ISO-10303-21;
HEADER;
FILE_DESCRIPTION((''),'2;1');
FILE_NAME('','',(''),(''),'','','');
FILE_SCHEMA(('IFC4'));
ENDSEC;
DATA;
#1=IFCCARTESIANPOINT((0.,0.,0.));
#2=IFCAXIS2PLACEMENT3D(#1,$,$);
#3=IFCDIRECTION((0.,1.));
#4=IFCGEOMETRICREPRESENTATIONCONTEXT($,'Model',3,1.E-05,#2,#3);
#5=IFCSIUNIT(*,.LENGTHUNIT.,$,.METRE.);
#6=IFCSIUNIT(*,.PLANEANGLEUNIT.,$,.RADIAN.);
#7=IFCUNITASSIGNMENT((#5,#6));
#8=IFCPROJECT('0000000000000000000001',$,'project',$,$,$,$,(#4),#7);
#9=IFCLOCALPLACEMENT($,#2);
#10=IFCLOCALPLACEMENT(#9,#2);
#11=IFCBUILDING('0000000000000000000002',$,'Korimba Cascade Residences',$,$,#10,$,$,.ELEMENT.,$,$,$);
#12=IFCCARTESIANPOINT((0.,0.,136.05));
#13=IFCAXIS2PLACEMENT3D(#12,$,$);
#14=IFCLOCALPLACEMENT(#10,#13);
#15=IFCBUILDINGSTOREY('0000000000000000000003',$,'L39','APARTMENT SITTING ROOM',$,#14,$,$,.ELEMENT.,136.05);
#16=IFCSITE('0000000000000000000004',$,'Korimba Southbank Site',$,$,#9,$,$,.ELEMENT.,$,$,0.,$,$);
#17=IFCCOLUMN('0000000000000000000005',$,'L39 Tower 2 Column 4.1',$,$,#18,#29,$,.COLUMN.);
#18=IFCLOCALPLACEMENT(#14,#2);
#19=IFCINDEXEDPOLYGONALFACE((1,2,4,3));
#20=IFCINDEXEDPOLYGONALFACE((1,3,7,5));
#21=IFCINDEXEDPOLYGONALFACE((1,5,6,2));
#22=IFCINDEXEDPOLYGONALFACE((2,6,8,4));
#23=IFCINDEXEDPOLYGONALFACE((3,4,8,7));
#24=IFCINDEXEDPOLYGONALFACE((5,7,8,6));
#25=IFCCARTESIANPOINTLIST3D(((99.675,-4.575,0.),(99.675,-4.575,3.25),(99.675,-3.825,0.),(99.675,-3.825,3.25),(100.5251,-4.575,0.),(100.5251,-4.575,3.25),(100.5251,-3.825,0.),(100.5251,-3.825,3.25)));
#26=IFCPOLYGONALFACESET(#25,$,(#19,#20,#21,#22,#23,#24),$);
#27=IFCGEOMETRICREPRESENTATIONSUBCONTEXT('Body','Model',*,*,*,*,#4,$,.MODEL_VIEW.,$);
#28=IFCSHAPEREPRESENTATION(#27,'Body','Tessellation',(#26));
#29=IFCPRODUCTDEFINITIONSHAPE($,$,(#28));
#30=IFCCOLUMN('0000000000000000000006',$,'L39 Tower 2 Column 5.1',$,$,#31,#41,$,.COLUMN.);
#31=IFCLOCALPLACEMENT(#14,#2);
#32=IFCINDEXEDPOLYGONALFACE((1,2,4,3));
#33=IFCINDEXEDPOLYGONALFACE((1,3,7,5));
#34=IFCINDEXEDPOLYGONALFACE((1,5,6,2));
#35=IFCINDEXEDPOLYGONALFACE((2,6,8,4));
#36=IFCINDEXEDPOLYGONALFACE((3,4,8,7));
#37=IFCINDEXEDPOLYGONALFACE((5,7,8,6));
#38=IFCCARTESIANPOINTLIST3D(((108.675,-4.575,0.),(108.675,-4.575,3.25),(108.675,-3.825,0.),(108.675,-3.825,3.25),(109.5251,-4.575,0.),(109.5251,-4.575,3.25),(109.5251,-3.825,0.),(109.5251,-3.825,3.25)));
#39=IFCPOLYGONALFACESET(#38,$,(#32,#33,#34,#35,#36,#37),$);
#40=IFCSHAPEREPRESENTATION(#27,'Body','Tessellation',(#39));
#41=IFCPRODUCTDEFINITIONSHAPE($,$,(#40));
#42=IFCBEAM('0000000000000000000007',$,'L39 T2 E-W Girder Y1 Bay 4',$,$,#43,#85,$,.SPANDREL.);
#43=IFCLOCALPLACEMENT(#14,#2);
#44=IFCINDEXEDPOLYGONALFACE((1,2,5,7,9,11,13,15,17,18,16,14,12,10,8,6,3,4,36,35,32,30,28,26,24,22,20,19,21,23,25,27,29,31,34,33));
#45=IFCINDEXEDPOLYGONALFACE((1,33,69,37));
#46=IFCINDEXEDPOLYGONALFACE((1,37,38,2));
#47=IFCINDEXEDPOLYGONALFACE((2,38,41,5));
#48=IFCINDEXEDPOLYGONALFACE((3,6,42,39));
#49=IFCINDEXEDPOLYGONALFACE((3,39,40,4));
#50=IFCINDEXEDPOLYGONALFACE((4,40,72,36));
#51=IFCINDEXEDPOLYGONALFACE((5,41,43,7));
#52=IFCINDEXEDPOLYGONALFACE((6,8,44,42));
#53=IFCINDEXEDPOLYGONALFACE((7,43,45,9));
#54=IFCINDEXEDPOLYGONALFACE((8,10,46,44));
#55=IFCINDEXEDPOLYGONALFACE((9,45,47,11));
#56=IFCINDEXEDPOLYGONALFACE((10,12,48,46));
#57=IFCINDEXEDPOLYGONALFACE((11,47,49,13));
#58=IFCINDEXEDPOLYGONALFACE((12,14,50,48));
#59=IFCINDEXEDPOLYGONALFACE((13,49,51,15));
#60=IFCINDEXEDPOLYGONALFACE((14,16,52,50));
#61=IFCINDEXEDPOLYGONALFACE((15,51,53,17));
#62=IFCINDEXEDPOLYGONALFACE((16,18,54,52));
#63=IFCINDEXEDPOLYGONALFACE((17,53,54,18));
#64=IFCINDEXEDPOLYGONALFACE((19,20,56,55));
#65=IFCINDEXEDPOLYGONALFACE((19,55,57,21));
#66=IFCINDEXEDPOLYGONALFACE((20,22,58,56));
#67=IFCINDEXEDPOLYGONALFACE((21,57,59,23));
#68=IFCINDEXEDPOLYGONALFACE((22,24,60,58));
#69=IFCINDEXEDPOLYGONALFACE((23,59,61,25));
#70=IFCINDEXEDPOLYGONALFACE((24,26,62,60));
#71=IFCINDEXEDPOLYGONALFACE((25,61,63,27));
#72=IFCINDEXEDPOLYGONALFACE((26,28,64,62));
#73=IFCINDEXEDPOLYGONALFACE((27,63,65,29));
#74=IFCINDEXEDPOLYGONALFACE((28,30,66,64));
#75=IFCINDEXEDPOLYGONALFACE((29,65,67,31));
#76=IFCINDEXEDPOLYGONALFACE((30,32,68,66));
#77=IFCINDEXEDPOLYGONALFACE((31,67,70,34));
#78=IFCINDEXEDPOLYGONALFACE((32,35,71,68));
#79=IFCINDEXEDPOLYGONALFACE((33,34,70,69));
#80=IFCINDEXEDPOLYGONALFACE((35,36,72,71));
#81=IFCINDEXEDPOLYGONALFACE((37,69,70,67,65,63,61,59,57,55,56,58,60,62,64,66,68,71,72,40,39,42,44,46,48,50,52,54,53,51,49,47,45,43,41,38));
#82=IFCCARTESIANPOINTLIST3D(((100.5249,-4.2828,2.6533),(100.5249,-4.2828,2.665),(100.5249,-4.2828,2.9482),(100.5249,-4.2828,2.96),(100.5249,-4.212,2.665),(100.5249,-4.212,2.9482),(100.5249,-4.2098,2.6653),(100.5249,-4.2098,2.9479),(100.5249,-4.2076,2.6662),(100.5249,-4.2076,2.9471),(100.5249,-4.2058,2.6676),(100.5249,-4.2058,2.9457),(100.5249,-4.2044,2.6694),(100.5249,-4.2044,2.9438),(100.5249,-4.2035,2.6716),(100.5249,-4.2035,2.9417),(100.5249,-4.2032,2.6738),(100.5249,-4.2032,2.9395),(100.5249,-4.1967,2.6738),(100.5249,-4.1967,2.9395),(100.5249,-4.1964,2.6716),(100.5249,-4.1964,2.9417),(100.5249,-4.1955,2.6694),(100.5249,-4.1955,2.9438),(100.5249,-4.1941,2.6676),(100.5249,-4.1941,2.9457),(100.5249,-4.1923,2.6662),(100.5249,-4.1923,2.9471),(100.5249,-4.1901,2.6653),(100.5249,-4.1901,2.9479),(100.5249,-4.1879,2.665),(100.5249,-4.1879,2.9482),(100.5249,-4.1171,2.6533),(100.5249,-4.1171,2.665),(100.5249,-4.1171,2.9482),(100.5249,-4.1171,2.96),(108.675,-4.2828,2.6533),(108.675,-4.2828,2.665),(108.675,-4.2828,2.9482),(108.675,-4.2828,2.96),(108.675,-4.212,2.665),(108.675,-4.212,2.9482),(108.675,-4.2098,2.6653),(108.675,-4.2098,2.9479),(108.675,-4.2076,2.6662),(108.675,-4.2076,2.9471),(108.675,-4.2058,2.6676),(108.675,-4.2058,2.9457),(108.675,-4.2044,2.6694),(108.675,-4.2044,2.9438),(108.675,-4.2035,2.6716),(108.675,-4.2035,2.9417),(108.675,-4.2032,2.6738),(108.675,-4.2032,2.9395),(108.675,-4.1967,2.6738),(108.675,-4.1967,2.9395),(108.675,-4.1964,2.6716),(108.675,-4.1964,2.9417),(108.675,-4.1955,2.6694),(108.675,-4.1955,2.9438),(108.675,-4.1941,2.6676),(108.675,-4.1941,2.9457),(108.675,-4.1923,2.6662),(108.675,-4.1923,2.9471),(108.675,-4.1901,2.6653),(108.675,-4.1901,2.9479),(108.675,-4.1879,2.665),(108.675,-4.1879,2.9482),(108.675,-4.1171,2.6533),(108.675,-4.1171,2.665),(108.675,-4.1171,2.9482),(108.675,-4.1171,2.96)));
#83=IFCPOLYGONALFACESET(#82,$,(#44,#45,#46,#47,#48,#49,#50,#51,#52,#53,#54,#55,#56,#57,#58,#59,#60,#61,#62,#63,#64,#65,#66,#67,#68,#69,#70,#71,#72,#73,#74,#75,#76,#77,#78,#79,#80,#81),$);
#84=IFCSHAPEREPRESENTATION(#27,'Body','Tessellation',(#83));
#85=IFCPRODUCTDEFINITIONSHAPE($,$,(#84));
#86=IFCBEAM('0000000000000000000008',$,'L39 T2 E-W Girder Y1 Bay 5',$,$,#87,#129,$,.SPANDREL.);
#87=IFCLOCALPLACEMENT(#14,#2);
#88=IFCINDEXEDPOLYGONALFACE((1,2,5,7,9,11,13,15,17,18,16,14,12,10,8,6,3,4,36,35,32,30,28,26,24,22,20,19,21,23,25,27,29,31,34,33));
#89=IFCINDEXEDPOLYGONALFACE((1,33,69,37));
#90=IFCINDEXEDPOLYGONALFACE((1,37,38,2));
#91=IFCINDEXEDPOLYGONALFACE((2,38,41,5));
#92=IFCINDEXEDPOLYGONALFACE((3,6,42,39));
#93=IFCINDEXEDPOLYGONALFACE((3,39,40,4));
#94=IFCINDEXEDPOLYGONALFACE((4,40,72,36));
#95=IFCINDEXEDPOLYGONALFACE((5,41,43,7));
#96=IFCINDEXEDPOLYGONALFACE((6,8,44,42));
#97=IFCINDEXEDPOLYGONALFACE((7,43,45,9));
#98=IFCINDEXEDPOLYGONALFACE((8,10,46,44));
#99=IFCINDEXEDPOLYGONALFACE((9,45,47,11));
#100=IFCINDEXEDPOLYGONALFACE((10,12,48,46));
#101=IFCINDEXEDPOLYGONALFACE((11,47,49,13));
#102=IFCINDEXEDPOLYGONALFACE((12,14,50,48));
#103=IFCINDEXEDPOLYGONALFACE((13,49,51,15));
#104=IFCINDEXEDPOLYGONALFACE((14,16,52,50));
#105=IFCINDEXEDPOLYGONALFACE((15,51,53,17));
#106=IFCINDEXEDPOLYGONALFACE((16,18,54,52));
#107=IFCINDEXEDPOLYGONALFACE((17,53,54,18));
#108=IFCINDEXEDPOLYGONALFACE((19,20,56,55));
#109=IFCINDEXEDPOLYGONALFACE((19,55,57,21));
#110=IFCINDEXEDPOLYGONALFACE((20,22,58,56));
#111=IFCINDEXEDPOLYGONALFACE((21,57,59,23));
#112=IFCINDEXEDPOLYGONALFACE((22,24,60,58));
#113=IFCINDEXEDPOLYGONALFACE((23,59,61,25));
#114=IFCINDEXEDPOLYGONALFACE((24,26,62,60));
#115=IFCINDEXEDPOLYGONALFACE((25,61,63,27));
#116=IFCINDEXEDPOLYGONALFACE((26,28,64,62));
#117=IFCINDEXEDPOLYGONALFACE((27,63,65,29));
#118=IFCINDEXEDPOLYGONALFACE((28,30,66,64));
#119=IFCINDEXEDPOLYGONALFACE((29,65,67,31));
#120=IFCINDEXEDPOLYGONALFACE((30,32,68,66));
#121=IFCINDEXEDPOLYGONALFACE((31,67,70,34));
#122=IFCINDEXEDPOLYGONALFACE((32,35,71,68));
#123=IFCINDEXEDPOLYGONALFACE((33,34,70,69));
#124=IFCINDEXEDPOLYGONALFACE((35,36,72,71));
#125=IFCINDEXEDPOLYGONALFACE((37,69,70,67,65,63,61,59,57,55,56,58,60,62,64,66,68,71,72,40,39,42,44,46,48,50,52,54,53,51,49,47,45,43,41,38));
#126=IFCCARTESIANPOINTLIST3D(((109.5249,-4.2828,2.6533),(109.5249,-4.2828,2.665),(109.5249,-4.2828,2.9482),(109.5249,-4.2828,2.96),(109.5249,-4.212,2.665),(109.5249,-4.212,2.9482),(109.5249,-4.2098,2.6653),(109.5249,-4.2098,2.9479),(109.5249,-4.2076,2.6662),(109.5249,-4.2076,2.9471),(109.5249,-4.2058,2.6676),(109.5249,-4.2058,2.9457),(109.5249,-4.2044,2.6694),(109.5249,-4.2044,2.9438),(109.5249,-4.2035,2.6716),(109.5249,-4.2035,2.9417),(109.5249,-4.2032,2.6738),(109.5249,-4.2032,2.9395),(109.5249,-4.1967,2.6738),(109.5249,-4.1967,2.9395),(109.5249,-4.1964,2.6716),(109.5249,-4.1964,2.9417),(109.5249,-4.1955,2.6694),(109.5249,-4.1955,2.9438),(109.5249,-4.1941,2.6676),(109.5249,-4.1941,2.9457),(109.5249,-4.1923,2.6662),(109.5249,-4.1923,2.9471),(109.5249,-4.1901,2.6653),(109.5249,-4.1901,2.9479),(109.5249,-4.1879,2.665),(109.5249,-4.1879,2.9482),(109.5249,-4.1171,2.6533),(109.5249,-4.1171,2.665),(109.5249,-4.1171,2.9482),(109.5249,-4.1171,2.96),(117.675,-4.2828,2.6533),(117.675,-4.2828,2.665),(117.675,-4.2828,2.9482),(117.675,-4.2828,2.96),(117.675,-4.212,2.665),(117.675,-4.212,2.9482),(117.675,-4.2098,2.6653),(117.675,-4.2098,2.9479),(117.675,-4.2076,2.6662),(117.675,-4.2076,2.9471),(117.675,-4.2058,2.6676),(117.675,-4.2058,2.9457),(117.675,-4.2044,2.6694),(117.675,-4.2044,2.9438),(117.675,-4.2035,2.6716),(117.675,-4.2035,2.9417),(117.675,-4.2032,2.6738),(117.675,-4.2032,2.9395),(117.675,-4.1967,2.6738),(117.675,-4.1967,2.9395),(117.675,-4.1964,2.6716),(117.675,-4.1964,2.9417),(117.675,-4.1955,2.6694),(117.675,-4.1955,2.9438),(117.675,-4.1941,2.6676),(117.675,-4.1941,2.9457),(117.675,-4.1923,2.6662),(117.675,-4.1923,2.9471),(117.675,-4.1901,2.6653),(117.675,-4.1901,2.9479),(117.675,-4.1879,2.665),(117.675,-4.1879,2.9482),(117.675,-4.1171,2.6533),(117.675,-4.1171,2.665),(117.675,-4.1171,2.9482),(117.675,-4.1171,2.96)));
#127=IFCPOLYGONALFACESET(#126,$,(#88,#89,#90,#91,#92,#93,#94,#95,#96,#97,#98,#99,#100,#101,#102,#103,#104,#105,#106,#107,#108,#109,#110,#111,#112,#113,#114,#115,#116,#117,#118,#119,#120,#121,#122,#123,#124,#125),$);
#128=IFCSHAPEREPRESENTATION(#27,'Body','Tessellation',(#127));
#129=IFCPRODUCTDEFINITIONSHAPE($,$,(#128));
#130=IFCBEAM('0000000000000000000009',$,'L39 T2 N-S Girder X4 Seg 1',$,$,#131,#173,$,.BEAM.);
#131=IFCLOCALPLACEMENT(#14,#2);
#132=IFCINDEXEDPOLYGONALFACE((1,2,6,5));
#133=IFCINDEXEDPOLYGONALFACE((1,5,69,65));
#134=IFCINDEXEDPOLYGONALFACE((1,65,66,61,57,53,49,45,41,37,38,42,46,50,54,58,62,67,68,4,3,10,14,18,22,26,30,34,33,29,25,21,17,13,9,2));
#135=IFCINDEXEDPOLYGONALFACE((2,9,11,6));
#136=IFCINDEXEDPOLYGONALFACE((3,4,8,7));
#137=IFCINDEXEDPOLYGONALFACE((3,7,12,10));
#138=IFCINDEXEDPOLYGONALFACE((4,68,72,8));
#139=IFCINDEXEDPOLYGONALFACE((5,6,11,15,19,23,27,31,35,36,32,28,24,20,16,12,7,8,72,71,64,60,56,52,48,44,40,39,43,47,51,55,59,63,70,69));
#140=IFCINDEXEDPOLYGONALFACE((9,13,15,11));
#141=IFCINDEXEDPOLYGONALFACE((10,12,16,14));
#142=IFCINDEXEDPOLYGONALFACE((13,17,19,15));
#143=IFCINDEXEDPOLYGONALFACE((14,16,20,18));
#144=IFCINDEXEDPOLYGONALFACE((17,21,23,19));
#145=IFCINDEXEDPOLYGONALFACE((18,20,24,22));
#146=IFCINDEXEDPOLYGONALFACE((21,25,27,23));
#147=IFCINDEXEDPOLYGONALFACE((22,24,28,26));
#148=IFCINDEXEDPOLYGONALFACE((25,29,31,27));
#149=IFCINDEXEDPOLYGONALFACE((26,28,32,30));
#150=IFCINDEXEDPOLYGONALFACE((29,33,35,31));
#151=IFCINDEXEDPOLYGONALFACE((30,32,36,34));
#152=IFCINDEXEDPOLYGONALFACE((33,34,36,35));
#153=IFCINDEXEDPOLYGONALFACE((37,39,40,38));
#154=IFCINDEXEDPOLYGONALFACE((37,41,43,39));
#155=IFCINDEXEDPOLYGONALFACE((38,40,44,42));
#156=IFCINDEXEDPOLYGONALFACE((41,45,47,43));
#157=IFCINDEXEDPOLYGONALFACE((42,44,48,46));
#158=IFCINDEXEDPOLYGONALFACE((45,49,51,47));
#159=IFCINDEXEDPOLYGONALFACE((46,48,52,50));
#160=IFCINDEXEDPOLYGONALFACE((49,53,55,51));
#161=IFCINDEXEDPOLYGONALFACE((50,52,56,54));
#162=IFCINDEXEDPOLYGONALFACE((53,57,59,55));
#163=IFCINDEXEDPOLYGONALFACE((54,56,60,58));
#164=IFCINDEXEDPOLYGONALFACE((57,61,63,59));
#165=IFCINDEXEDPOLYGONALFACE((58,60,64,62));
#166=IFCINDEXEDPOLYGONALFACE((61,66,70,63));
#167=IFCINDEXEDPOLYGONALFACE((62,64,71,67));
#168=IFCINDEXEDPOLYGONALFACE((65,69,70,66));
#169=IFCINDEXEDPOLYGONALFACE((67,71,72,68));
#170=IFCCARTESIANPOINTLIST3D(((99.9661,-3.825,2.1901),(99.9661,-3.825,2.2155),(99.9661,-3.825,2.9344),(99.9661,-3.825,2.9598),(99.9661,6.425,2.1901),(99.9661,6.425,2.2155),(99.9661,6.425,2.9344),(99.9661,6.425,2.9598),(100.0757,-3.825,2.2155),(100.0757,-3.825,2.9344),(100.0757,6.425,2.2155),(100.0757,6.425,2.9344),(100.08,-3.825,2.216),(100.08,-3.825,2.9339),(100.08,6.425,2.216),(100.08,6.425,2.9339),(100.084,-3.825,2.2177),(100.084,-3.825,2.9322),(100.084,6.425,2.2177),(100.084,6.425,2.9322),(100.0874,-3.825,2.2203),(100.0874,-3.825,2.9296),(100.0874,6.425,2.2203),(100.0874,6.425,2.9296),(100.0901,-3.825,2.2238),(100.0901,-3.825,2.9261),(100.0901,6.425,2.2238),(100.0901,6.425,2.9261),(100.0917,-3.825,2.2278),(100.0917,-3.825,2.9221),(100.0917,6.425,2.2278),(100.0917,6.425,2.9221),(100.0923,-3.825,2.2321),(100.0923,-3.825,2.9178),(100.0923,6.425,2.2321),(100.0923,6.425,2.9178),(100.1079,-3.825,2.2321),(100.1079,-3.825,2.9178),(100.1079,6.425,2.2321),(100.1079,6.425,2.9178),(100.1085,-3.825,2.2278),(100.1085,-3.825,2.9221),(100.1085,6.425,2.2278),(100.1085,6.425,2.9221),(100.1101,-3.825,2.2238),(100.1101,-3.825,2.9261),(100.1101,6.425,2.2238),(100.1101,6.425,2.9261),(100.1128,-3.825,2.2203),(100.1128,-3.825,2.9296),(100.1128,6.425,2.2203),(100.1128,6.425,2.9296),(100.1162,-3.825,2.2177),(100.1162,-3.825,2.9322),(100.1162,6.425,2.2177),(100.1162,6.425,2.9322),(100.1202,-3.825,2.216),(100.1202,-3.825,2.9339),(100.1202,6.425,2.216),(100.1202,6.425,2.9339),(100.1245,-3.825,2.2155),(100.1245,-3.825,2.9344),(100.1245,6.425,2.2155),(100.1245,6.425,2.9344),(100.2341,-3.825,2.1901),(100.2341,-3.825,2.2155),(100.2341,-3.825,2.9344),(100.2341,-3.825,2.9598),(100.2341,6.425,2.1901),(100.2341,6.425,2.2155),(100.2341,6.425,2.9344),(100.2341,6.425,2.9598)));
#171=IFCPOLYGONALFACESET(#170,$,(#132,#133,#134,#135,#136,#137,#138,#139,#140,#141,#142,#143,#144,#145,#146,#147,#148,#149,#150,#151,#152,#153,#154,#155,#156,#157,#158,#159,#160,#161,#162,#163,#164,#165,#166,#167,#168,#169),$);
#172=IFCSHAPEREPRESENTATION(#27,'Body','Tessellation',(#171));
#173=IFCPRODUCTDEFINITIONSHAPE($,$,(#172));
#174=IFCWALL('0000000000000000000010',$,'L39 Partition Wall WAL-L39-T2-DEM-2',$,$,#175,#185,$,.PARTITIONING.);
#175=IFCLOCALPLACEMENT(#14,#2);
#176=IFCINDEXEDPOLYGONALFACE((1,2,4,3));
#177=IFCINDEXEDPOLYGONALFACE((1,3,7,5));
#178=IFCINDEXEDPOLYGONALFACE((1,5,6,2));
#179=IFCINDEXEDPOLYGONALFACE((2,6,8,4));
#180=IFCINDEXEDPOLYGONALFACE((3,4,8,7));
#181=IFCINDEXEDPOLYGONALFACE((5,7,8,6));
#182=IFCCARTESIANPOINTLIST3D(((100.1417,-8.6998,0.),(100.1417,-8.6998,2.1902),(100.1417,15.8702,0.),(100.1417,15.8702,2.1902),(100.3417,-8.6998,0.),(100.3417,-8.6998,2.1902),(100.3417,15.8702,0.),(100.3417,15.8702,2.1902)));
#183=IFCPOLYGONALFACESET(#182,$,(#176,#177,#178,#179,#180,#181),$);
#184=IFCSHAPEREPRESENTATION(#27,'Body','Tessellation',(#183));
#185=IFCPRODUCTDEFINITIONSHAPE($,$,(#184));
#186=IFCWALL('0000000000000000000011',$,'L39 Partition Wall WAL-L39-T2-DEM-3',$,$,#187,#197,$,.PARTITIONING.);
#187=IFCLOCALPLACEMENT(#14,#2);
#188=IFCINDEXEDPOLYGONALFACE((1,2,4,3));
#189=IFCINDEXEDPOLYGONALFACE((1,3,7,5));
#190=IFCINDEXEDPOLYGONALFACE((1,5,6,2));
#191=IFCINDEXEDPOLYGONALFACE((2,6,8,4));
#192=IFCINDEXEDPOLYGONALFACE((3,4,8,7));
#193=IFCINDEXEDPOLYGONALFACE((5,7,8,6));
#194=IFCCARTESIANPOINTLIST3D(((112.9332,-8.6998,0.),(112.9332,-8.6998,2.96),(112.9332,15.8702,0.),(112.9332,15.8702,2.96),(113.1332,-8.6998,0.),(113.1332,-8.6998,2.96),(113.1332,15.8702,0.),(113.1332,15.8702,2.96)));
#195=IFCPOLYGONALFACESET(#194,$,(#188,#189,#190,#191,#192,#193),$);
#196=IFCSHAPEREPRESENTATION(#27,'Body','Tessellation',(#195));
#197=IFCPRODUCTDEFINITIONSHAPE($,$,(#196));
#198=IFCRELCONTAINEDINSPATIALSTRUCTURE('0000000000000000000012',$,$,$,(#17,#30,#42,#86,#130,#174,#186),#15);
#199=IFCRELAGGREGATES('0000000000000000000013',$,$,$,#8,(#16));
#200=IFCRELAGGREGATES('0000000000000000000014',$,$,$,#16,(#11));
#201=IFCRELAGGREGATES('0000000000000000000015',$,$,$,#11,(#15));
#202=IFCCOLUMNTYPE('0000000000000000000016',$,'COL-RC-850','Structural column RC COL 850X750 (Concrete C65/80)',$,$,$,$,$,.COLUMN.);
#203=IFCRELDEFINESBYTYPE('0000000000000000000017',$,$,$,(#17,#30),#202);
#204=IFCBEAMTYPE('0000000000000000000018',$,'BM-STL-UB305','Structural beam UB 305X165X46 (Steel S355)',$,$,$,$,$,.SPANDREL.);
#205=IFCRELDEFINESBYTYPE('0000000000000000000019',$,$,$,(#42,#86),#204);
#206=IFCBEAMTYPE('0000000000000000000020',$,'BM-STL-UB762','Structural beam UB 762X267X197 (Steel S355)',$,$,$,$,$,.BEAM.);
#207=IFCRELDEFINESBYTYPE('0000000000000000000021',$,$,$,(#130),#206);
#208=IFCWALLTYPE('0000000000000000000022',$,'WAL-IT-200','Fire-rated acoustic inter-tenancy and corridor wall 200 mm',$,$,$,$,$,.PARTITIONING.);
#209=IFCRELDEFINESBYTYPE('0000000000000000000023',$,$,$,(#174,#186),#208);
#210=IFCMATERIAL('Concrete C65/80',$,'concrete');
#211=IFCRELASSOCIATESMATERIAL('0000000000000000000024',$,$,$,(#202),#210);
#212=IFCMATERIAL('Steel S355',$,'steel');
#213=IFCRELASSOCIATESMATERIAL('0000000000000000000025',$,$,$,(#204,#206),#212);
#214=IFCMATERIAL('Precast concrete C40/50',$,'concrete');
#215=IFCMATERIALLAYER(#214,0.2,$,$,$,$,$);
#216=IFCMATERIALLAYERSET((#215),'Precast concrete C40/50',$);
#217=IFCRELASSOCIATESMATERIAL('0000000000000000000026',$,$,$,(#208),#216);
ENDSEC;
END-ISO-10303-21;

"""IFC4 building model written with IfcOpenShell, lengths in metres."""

from ifc_helpers import new_model, si_unit, direction, frame, frame_2d, origin, origin_2d, place, context, subcontext, project, spatial, rectangle, i_section, extrude, material, layer, layer_set, material_profile, profile_set, type_object, element, save


model = new_model("IFC4")

# Units and contexts
model_context = context("Model", 3, precision=1e-05, world=origin(), true_north=direction((0.0, 1.0)))
body_context = subcontext(model_context, "Body", "Model", "MODEL_VIEW")
ifc_project = project(units=[si_unit("LENGTHUNIT", "METRE"), si_unit("PLANEANGLEUNIT", "RADIAN")], contexts=[model_context])

# Site, building, storey
site_placement = place(None, origin())
site = spatial("IfcSite", under=ifc_project, at=site_placement, Name="Korimba Southbank Site", CompositionType="ELEMENT", RefElevation=0.0)
building_placement = place(site_placement, origin())
building = spatial("IfcBuilding", under=site, at=building_placement, Name="Korimba Cascade Residences", CompositionType="ELEMENT")
storey_placement = place(building_placement, frame((0.0, 0.0, 136.05)))
storey = spatial("IfcBuildingStorey", under=building, at=storey_placement, Name="L39", Description="APARTMENT SITTING ROOM", CompositionType="ELEMENT", Elevation=136.05)

# Columns
ifc_material_1 = material(Name="Concrete C65/80", Category="concrete")
ifc_material_profile_1 = material_profile(ifc_material_1, rectangle(XDim=0.8501, YDim=0.75, at=origin_2d()), Name="Concrete C65/80")
ifc_profile_set_1 = profile_set([ifc_material_profile_1], Name="Concrete C65/80")
column_type = type_object("IfcColumnType", Name="COL-RC-850", Description="Structural column RC COL 850X750 (Concrete C65/80)", PredefinedType="COLUMN", material=ifc_profile_set_1)
for number, where, z_axis, x_axis, name in (
    (1, (100.1001, -4.2, 0.0), (0.0, 0.0, 1.0), (1.0, 0.0, 0.0), "L39 Tower 2 Column 4.1"),
    (2, (109.1001, -4.2, 0.0), (0.0, 0.0, 1.0), (1.0, 0.0, 0.0), "L39 Tower 2 Column 5.1"),
):
    element("IfcColumn", number, at=place(storey_placement, frame(where, z_axis=z_axis, x_axis=x_axis)), inside=storey, type_object=column_type, Name=name, PredefinedType="COLUMN", context=body_context, shape_type="SweptSolid", body=[
        extrude(rectangle(XDim=0.8501, YDim=0.75, at=origin_2d()), origin(), (0.0, 0.0, 1.0), 3.25),
    ])

# Beams
ifc_material_2 = material(Name="Steel S355", Category="steel")
ifc_material_profile_2 = material_profile(ifc_material_2, i_section(OverallWidth=0.1658, OverallDepth=0.3066, WebThickness=0.0066, FlangeThickness=0.0117, FilletRadius=0.0088, at=origin_2d()), Name="Steel S355")
ifc_profile_set_2 = profile_set([ifc_material_profile_2], Name="Steel S355")
beam_type_1 = type_object("IfcBeamType", Name="BM-STL-UB305", Description="Structural beam UB 305X165X46 (Steel S355)", PredefinedType="SPANDREL", material=ifc_profile_set_2)
for number, where, z_axis, x_axis, name in (
    (3, (100.5249, -4.2, 2.8066), (1.0, 0.0, 0.0), (0.0, 1.0, 0.0), "L39 T2 E-W Girder Y1 Bay 4"),
    (4, (109.5249, -4.2, 2.8066), (1.0, 0.0, 0.0), (0.0, 1.0, 0.0), "L39 T2 E-W Girder Y1 Bay 5"),
):
    element("IfcBeam", number, at=place(storey_placement, frame(where, z_axis=z_axis, x_axis=x_axis)), inside=storey, type_object=beam_type_1, Name=name, PredefinedType="SPANDREL", context=body_context, shape_type="SweptSolid", body=[
        extrude(i_section(OverallWidth=0.1658, OverallDepth=0.3066, WebThickness=0.0066, FlangeThickness=0.0117, FilletRadius=0.0088, at=origin_2d()), origin(), (0.0, 0.0, 1.0), 8.1501),
    ])
ifc_material_profile_3 = material_profile(ifc_material_2, i_section(OverallWidth=0.2681, OverallDepth=0.7698, WebThickness=0.0156, FlangeThickness=0.0254, FilletRadius=0.0166, at=origin_2d()), Name="Steel S355")
ifc_profile_set_3 = profile_set([ifc_material_profile_3], Name="Steel S355")
beam_type_2 = type_object("IfcBeamType", Name="BM-STL-UB762", Description="Structural beam UB 762X267X197 (Steel S355)", PredefinedType="BEAM", material=ifc_profile_set_3)
beam_placement = place(storey_placement, frame((100.1001, -3.825, 2.575), z_axis=(0.0, 1.0, 0.0), x_axis=(-1.0, 0.0, 0.0)))
element("IfcBeam", 5, at=beam_placement, inside=storey, type_object=beam_type_2, Name="L39 T2 N-S Girder X4 Seg 1", PredefinedType="BEAM", context=body_context, shape_type="SweptSolid", body=[
    extrude(i_section(OverallWidth=0.2681, OverallDepth=0.7698, WebThickness=0.0156, FlangeThickness=0.0254, FilletRadius=0.0166, at=origin_2d()), origin(), (0.0, 0.0, 1.0), 10.25),
])

# Walls
ifc_material_3 = material(Name="Precast concrete C40/50", Category="concrete")
ifc_layer = layer(ifc_material_3, 0.2)
ifc_layer_set = layer_set([ifc_layer], Name="Precast concrete C40/50")
wall_type = type_object("IfcWallType", Name="WAL-IT-200", Description="Fire-rated acoustic inter-tenancy and corridor wall 200 mm", PredefinedType="PARTITIONING", material=ifc_layer_set)
wall_1_placement = place(storey_placement, frame((100.2417, -8.7, 0.0), z_axis=(0.0, 0.0, 1.0), x_axis=(0.0, 1.0, 0.0)))
element("IfcWall", 6, at=wall_1_placement, inside=storey, type_object=wall_type, Name="L39 Partition Wall WAL-L39-T2-DEM-2", PredefinedType="PARTITIONING", context=body_context, shape_type="SweptSolid", body=[
    extrude(rectangle(XDim=24.5701, YDim=0.2, at=frame_2d((12.2852, 0.0))), origin(), (0.0, 0.0, 1.0), 2.1902),
])
wall_2_placement = place(storey_placement, frame((113.0332, -8.7, 0.0), z_axis=(0.0, 0.0, 1.0), x_axis=(0.0, 1.0, 0.0)))
element("IfcWall", 7, at=wall_2_placement, inside=storey, type_object=wall_type, Name="L39 Partition Wall WAL-L39-T2-DEM-3", PredefinedType="PARTITIONING", context=body_context, shape_type="SweptSolid", body=[
    extrude(rectangle(XDim=24.5701, YDim=0.2, at=frame_2d((12.2852, 0.0))), origin(), (0.0, 0.0, 1.0), 2.96),
])

save(model, "model.ifc")
